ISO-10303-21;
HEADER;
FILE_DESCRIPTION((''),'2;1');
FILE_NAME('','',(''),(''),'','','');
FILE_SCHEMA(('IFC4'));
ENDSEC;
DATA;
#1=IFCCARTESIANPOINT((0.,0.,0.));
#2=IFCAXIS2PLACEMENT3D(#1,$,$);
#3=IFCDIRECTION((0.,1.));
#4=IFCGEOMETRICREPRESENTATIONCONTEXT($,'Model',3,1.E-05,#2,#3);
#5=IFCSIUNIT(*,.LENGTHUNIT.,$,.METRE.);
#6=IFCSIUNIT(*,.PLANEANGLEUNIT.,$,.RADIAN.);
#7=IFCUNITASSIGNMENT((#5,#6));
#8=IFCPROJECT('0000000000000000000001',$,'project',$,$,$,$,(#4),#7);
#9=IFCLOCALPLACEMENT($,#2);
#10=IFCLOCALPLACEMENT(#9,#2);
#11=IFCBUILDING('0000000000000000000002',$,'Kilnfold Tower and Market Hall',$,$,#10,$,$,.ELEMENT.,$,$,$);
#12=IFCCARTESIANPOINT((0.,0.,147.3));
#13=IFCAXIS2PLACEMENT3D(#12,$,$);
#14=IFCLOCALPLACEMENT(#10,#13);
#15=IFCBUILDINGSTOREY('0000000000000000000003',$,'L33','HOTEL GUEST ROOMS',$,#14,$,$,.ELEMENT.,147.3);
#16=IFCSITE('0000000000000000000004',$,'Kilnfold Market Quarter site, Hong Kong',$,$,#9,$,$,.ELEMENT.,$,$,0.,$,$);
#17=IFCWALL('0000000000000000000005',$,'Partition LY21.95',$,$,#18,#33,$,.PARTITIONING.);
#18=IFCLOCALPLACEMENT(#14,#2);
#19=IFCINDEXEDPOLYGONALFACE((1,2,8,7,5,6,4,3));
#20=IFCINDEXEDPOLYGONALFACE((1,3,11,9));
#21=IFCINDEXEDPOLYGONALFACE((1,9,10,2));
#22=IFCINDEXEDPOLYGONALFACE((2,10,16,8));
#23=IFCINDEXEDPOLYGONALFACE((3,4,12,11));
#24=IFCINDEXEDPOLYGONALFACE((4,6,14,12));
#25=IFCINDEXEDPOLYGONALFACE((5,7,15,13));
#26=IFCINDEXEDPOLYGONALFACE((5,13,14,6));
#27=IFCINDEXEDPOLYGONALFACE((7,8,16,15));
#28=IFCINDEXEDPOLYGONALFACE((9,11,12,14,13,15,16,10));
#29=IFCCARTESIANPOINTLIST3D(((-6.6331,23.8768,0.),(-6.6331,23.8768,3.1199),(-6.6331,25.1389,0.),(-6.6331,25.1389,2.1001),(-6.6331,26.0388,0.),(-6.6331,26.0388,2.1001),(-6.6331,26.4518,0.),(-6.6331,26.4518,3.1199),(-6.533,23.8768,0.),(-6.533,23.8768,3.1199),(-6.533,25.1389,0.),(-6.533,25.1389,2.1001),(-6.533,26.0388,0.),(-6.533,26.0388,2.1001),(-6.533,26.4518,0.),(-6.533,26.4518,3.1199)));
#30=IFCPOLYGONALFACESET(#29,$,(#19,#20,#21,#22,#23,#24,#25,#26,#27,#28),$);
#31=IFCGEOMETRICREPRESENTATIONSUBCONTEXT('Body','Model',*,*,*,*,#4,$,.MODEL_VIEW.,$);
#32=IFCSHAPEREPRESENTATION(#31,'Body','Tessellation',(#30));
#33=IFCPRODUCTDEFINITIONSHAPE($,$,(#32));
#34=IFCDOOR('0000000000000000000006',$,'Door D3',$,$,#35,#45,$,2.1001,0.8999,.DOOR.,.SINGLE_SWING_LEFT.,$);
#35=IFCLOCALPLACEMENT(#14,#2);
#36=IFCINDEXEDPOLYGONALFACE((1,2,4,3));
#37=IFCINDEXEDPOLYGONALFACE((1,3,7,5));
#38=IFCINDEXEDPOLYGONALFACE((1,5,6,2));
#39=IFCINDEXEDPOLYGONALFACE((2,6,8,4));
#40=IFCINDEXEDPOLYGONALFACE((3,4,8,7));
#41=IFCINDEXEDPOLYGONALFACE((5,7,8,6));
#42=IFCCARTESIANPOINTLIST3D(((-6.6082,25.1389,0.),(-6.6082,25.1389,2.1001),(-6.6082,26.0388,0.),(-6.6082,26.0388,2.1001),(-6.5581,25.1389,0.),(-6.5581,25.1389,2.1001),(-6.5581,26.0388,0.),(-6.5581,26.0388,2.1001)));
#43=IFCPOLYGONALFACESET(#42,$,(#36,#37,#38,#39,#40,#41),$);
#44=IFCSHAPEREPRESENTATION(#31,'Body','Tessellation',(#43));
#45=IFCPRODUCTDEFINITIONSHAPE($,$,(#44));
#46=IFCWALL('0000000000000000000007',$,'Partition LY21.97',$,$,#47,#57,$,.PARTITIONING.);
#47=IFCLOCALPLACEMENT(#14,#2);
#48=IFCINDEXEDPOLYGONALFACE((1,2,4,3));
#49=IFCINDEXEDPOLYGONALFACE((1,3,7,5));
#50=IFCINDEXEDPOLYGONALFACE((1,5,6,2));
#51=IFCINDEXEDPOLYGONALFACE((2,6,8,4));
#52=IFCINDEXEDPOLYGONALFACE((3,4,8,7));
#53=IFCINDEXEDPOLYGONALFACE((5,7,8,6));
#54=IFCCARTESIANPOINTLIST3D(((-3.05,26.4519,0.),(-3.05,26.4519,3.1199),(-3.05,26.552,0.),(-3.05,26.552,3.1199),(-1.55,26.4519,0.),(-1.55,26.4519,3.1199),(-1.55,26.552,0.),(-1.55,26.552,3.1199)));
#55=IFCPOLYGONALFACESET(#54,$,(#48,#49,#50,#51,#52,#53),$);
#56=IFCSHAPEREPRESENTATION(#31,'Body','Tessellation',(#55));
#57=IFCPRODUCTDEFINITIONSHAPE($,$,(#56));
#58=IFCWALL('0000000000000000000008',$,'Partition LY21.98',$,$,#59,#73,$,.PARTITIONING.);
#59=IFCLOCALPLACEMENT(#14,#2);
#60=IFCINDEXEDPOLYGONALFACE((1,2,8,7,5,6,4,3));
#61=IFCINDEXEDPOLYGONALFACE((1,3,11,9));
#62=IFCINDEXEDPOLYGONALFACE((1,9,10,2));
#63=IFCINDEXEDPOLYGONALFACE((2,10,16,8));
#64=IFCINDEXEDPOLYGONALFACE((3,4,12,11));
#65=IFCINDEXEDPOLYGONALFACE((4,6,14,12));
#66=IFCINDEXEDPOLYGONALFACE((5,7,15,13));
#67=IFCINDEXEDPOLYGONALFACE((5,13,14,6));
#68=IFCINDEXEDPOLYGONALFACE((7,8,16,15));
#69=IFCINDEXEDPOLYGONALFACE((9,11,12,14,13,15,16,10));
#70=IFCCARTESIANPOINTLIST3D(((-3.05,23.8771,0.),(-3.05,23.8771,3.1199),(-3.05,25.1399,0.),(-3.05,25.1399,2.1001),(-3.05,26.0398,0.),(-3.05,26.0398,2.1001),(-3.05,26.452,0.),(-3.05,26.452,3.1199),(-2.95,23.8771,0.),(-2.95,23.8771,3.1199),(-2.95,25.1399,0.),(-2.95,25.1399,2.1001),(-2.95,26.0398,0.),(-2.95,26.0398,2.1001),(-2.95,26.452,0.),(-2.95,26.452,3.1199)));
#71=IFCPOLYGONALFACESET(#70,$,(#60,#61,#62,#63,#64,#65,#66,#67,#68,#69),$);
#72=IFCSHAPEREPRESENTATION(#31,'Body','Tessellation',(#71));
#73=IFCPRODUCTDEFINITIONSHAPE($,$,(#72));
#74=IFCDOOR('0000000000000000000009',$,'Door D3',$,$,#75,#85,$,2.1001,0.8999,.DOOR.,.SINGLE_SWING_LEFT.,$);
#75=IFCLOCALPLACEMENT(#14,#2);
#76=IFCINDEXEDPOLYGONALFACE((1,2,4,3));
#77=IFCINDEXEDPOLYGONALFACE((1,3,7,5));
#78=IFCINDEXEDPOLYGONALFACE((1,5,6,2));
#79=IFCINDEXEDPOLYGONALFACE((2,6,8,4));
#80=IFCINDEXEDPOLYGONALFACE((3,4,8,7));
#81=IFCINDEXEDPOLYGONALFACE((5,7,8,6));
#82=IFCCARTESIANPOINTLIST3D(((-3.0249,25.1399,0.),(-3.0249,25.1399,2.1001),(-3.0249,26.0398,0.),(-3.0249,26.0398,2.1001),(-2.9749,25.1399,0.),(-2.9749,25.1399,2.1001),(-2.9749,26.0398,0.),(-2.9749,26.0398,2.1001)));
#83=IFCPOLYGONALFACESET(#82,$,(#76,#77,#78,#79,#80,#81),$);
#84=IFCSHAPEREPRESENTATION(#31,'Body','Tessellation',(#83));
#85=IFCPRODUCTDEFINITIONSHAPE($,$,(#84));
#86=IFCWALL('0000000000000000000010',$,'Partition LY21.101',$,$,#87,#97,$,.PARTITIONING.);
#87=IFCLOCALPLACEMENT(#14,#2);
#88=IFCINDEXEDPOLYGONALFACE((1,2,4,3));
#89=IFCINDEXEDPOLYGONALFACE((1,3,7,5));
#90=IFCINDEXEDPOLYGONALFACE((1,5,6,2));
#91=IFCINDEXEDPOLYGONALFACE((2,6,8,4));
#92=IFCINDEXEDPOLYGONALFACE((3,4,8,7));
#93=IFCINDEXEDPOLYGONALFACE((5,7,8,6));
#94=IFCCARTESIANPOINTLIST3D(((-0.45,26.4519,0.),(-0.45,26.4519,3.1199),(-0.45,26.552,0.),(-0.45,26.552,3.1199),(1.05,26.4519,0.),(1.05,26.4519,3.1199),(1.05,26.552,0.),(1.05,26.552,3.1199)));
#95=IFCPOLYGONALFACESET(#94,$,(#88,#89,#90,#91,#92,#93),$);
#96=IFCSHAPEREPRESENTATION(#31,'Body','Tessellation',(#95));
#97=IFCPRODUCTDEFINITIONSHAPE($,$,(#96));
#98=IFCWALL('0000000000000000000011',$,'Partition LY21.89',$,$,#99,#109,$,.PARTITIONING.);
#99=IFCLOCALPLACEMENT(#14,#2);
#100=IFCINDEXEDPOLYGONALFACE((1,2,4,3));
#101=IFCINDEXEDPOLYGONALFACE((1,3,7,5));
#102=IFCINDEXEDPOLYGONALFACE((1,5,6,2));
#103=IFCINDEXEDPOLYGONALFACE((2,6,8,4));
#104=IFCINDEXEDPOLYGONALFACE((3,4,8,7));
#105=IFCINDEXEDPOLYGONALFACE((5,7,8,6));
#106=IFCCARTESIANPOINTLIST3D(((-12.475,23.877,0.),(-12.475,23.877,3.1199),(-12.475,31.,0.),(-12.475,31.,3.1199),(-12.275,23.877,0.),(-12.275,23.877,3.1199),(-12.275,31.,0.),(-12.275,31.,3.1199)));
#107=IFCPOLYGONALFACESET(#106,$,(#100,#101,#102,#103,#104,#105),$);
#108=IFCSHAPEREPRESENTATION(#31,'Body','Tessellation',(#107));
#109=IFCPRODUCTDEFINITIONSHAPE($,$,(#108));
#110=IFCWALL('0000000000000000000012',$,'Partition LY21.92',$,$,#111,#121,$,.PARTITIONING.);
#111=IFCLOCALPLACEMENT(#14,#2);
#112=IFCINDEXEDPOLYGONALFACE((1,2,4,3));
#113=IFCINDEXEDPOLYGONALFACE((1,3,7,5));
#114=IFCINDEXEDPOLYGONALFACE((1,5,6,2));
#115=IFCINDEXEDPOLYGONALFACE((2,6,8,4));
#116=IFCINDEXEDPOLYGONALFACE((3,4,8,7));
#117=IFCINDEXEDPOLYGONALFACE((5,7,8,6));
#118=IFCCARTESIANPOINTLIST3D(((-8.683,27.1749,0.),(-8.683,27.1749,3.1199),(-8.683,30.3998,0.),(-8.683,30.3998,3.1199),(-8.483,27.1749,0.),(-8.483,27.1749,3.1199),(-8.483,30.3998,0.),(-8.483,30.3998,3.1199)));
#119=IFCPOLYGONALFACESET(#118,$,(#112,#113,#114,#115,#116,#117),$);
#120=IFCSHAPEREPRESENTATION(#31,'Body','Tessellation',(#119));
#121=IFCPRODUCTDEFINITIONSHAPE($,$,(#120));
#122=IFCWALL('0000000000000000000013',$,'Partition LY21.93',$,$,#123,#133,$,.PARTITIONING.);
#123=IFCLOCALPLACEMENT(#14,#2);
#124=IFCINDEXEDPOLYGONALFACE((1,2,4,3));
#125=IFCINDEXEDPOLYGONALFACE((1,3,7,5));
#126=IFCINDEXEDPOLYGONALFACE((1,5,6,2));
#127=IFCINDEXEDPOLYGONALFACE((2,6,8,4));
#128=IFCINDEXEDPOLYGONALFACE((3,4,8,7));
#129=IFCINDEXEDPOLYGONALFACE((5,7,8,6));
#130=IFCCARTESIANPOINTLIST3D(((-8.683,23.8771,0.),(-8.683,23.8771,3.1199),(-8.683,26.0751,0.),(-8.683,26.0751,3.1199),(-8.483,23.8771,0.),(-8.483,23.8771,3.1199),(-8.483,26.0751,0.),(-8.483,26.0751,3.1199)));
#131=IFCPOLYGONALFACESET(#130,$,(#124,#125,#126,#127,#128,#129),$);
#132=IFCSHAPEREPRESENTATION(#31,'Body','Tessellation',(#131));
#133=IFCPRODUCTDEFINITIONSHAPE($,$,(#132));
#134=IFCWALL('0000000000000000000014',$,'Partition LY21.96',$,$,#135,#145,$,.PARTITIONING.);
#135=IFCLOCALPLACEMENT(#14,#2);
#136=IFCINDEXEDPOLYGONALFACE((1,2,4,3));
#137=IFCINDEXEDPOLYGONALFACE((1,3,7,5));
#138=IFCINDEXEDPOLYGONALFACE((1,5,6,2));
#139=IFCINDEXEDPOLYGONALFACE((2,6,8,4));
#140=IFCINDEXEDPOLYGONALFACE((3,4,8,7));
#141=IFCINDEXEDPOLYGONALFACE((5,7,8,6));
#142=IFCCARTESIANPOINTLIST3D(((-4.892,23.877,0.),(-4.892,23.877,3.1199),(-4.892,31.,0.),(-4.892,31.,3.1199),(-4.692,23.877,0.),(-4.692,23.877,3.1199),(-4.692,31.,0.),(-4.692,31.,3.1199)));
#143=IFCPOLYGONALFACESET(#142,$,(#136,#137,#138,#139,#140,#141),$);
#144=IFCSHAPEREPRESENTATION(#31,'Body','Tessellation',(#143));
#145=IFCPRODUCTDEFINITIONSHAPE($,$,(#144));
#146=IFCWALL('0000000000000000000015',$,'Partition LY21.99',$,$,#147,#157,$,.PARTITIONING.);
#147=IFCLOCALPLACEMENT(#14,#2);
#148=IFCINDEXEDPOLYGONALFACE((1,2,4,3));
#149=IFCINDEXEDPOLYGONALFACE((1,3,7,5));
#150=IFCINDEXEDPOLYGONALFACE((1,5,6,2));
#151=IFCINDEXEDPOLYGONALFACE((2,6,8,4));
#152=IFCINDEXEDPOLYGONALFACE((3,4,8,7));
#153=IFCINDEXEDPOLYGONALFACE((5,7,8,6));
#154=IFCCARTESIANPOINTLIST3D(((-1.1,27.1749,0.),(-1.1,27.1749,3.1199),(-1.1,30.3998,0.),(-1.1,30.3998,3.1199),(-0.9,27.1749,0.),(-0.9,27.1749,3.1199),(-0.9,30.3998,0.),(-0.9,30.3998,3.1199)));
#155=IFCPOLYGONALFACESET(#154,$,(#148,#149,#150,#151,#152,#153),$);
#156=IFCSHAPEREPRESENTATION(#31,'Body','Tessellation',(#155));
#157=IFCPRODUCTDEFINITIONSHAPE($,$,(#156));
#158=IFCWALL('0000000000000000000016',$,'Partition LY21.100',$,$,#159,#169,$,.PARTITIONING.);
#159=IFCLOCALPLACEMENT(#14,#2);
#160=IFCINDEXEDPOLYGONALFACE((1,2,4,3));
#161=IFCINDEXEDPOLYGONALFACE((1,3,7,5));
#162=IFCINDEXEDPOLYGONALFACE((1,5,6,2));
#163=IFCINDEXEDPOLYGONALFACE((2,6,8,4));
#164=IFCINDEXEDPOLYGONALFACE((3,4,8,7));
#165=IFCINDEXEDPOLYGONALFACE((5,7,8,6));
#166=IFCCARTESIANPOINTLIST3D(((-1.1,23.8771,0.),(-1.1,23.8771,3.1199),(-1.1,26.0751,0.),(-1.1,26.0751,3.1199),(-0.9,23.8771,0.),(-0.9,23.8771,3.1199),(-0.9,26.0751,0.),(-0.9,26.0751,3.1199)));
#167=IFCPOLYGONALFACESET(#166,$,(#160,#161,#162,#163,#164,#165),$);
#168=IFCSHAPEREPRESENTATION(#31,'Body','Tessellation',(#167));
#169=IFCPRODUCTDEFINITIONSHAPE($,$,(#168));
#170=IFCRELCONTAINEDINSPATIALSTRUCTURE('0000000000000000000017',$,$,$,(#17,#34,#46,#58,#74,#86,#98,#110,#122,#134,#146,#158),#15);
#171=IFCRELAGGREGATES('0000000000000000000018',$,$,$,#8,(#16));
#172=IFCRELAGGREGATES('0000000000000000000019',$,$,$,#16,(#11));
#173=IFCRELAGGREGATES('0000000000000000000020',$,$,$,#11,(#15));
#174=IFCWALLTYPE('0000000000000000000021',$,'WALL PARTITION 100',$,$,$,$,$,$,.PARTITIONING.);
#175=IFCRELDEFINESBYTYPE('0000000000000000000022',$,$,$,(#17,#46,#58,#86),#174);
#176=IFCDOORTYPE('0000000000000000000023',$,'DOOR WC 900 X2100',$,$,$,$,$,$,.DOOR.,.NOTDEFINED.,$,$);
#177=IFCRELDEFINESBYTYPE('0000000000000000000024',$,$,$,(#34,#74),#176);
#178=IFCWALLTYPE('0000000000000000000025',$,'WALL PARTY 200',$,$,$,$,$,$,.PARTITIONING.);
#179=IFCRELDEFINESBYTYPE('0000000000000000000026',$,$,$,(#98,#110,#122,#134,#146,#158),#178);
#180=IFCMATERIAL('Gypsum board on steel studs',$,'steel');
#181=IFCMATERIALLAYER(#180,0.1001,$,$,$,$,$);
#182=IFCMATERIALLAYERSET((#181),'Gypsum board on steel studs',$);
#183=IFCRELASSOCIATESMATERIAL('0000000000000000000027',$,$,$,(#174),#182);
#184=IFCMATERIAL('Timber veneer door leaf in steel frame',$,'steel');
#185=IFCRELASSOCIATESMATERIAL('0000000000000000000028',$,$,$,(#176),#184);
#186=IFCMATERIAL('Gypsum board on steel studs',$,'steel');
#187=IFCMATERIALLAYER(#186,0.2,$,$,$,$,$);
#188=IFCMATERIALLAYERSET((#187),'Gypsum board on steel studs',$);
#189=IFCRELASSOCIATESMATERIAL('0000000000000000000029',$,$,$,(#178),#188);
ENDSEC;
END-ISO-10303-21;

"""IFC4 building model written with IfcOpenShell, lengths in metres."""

from ifc_helpers import new_model, si_unit, direction, frame, frame_2d, origin, place, context, subcontext, project, spatial, rectangle, extrude, material, layer, layer_set, type_object, element, fill, save


model = new_model("IFC4")

# Units and contexts
model_context = context("Model", 3, precision=1e-05, world=origin(), true_north=direction((0.0, 1.0)))
body_context = subcontext(model_context, "Body", "Model", "MODEL_VIEW")
ifc_project = project(units=[si_unit("LENGTHUNIT", "METRE"), si_unit("PLANEANGLEUNIT", "RADIAN")], contexts=[model_context])

# Site, building, storey
site_placement = place(None, origin())
site = spatial("IfcSite", under=ifc_project, at=site_placement, Name="Kilnfold Market Quarter site, Hong Kong", CompositionType="ELEMENT", RefElevation=0.0)
building_placement = place(site_placement, origin())
building = spatial("IfcBuilding", under=site, at=building_placement, Name="Kilnfold Tower and Market Hall", CompositionType="ELEMENT")
storey_placement = place(building_placement, frame((0.0, 0.0, 147.3)))
storey = spatial("IfcBuildingStorey", under=building, at=storey_placement, Name="L33", Description="HOTEL GUEST ROOMS", CompositionType="ELEMENT", Elevation=147.3)

# Shared definitions
ifc_material_1 = material(Name="Gypsum board on steel studs", Category="steel")
ifc_layer_1 = layer(ifc_material_1, 0.1001)
ifc_layer_set_1 = layer_set([ifc_layer_1], Name="Gypsum board on steel studs")
wall_type_1 = type_object("IfcWallType", Name="WALL PARTITION 100", PredefinedType="PARTITIONING", material=ifc_layer_set_1)

# Shared definitions
ifc_material_2 = material(Name="Timber veneer door leaf in steel frame", Category="steel")
door_type = type_object("IfcDoorType", Name="DOOR WC 900 X2100", OperationType="NOTDEFINED", PredefinedType="DOOR", material=ifc_material_2)

# Wall, opening, door
wall_1_placement = place(storey_placement, frame((-6.583, 26.4519, 0.0), z_axis=(0.0, 0.0, 1.0), x_axis=(0.0, -1.0, 0.0)))
wall_1 = element("IfcWall", 1, at=wall_1_placement, inside=storey, type_object=wall_type_1, Name="Partition LY21.95", PredefinedType="PARTITIONING", context=body_context, shape_type="SweptSolid", body=[
    extrude(rectangle(XDim=2.575, YDim=0.1001, at=frame_2d((1.2876, 0.0))), origin(), (0.0, 0.0, 1.0), 3.1199),
])
opening_1_placement = place(wall_1_placement, frame((0.4131, 0.0, 0.0)))
opening_1 = element("IfcOpeningElement", 2, at=opening_1_placement, cuts=wall_1, PredefinedType="OPENING", context=body_context, shape_type="SweptSolid", body=[
    extrude(rectangle(XDim=0.8999, YDim=2.1001, at=frame_2d((0.45, 1.05))), frame((0.0, 0.0601, 0.0), z_axis=(0.0, -1.0, 0.0), x_axis=(1.0, 0.0, 0.0)), (0.0, 0.0, 1.0), 0.1201),
])
door_1_placement = place(opening_1_placement, origin())
door_1 = element("IfcDoor", 3, at=door_1_placement, inside=storey, type_object=door_type, Name="Door D3", OperationType="SINGLE_SWING_LEFT", OverallHeight=2.1001, OverallWidth=0.8999, PredefinedType="DOOR", context=body_context, shape_type="SweptSolid", body=[
    extrude(rectangle(XDim=0.8999, YDim=2.1001, at=frame_2d((0.45, 1.05))), frame((0.0, 0.0249, 0.0), z_axis=(0.0, -1.0, 0.0), x_axis=(1.0, 0.0, 0.0)), (0.0, 0.0, 1.0), 0.05),
])
fill(opening_1, door_1)

# Wall
wall_2_placement = place(storey_placement, frame((-3.05, 26.502, 0.0), z_axis=(0.0, 0.0, 1.0), x_axis=(1.0, 0.0, 0.0)))
element("IfcWall", 4, at=wall_2_placement, inside=storey, type_object=wall_type_1, Name="Partition LY21.97", PredefinedType="PARTITIONING", context=body_context, shape_type="SweptSolid", body=[
    extrude(rectangle(XDim=1.5, YDim=0.1001, at=frame_2d((0.75, 0.0))), origin(), (0.0, 0.0, 1.0), 3.1199),
])

# Wall, opening, door
wall_3_placement = place(storey_placement, frame((-3.0, 23.877, 0.0), z_axis=(0.0, 0.0, 1.0), x_axis=(0.0, 1.0, 0.0)))
wall_3 = element("IfcWall", 5, at=wall_3_placement, inside=storey, type_object=wall_type_1, Name="Partition LY21.98", PredefinedType="PARTITIONING", context=body_context, shape_type="SweptSolid", body=[
    extrude(rectangle(XDim=2.575, YDim=0.1001, at=frame_2d((1.2876, 0.0))), origin(), (0.0, 0.0, 1.0), 3.1199),
])
opening_2_placement = place(wall_3_placement, frame((1.2629, 0.0, 0.0)))
opening_2 = element("IfcOpeningElement", 6, at=opening_2_placement, cuts=wall_3, PredefinedType="OPENING", context=body_context, shape_type="SweptSolid", body=[
    extrude(rectangle(XDim=0.8999, YDim=2.1001, at=frame_2d((0.45, 1.05))), frame((0.0, 0.0601, 0.0), z_axis=(0.0, -1.0, 0.0), x_axis=(1.0, 0.0, 0.0)), (0.0, 0.0, 1.0), 0.1201),
])
door_2_placement = place(opening_2_placement, origin())
door_2 = element("IfcDoor", 7, at=door_2_placement, inside=storey, type_object=door_type, Name="Door D3", OperationType="SINGLE_SWING_LEFT", OverallHeight=2.1001, OverallWidth=0.8999, PredefinedType="DOOR", context=body_context, shape_type="SweptSolid", body=[
    extrude(rectangle(XDim=0.8999, YDim=2.1001, at=frame_2d((0.45, 1.05))), frame((0.0, 0.0249, 0.0), z_axis=(0.0, -1.0, 0.0), x_axis=(1.0, 0.0, 0.0)), (0.0, 0.0, 1.0), 0.05),
])
fill(opening_2, door_2)

# Walls
wall_4_placement = place(storey_placement, frame((-0.45, 26.502, 0.0), z_axis=(0.0, 0.0, 1.0), x_axis=(1.0, 0.0, 0.0)))
element("IfcWall", 8, at=wall_4_placement, inside=storey, type_object=wall_type_1, Name="Partition LY21.101", PredefinedType="PARTITIONING", context=body_context, shape_type="SweptSolid", body=[
    extrude(rectangle(XDim=1.5, YDim=0.1001, at=frame_2d((0.75, 0.0))), origin(), (0.0, 0.0, 1.0), 3.1199),
])
ifc_material_3 = material(Name="Gypsum board on steel studs", Category="steel")
ifc_layer_2 = layer(ifc_material_3, 0.2)
ifc_layer_set_2 = layer_set([ifc_layer_2], Name="Gypsum board on steel studs")
wall_type_2 = type_object("IfcWallType", Name="WALL PARTY 200", PredefinedType="PARTITIONING", material=ifc_layer_set_2)
wall_5_placement = place(storey_placement, frame((-12.375, 23.877, 0.0), z_axis=(0.0, 0.0, 1.0), x_axis=(0.0, 1.0, 0.0)))
element("IfcWall", 9, at=wall_5_placement, inside=storey, type_object=wall_type_2, Name="Partition LY21.89", PredefinedType="PARTITIONING", context=body_context, shape_type="SweptSolid", body=[
    extrude(rectangle(XDim=7.123, YDim=0.2, at=frame_2d((3.5615, 0.0))), origin(), (0.0, 0.0, 1.0), 3.1199),
])
wall_6_placement = place(storey_placement, frame((-8.583, 27.175, 0.0), z_axis=(0.0, 0.0, 1.0), x_axis=(0.0, 1.0, 0.0)))
element("IfcWall", 10, at=wall_6_placement, inside=storey, type_object=wall_type_2, Name="Partition LY21.92", PredefinedType="PARTITIONING", context=body_context, shape_type="SweptSolid", body=[
    extrude(rectangle(XDim=3.2249, YDim=0.2, at=frame_2d((1.6123, 0.0))), origin(), (0.0, 0.0, 1.0), 3.1199),
])
wall_7_placement = place(storey_placement, frame((-8.583, 23.877, 0.0), z_axis=(0.0, 0.0, 1.0), x_axis=(0.0, 1.0, 0.0)))
element("IfcWall", 11, at=wall_7_placement, inside=storey, type_object=wall_type_2, Name="Partition LY21.93", PredefinedType="PARTITIONING", context=body_context, shape_type="SweptSolid", body=[
    extrude(rectangle(XDim=2.198, YDim=0.2, at=frame_2d((1.0991, 0.0))), origin(), (0.0, 0.0, 1.0), 3.1199),
])
wall_8_placement = place(storey_placement, frame((-4.792, 23.877, 0.0), z_axis=(0.0, 0.0, 1.0), x_axis=(0.0, 1.0, 0.0)))
element("IfcWall", 12, at=wall_8_placement, inside=storey, type_object=wall_type_2, Name="Partition LY21.96", PredefinedType="PARTITIONING", context=body_context, shape_type="SweptSolid", body=[
    extrude(rectangle(XDim=7.123, YDim=0.2, at=frame_2d((3.5615, 0.0))), origin(), (0.0, 0.0, 1.0), 3.1199),
])
wall_9_placement = place(storey_placement, frame((-1.0, 27.175, 0.0), z_axis=(0.0, 0.0, 1.0), x_axis=(0.0, 1.0, 0.0)))
element("IfcWall", 13, at=wall_9_placement, inside=storey, type_object=wall_type_2, Name="Partition LY21.99", PredefinedType="PARTITIONING", context=body_context, shape_type="SweptSolid", body=[
    extrude(rectangle(XDim=3.2249, YDim=0.2, at=frame_2d((1.6123, 0.0))), origin(), (0.0, 0.0, 1.0), 3.1199),
])
wall_10_placement = place(storey_placement, frame((-1.0, 23.877, 0.0), z_axis=(0.0, 0.0, 1.0), x_axis=(0.0, 1.0, 0.0)))
element("IfcWall", 14, at=wall_10_placement, inside=storey, type_object=wall_type_2, Name="Partition LY21.100", PredefinedType="PARTITIONING", context=body_context, shape_type="SweptSolid", body=[
    extrude(rectangle(XDim=2.198, YDim=0.2, at=frame_2d((1.0991, 0.0))), origin(), (0.0, 0.0, 1.0), 3.1199),
])

save(model, "model.ifc")
